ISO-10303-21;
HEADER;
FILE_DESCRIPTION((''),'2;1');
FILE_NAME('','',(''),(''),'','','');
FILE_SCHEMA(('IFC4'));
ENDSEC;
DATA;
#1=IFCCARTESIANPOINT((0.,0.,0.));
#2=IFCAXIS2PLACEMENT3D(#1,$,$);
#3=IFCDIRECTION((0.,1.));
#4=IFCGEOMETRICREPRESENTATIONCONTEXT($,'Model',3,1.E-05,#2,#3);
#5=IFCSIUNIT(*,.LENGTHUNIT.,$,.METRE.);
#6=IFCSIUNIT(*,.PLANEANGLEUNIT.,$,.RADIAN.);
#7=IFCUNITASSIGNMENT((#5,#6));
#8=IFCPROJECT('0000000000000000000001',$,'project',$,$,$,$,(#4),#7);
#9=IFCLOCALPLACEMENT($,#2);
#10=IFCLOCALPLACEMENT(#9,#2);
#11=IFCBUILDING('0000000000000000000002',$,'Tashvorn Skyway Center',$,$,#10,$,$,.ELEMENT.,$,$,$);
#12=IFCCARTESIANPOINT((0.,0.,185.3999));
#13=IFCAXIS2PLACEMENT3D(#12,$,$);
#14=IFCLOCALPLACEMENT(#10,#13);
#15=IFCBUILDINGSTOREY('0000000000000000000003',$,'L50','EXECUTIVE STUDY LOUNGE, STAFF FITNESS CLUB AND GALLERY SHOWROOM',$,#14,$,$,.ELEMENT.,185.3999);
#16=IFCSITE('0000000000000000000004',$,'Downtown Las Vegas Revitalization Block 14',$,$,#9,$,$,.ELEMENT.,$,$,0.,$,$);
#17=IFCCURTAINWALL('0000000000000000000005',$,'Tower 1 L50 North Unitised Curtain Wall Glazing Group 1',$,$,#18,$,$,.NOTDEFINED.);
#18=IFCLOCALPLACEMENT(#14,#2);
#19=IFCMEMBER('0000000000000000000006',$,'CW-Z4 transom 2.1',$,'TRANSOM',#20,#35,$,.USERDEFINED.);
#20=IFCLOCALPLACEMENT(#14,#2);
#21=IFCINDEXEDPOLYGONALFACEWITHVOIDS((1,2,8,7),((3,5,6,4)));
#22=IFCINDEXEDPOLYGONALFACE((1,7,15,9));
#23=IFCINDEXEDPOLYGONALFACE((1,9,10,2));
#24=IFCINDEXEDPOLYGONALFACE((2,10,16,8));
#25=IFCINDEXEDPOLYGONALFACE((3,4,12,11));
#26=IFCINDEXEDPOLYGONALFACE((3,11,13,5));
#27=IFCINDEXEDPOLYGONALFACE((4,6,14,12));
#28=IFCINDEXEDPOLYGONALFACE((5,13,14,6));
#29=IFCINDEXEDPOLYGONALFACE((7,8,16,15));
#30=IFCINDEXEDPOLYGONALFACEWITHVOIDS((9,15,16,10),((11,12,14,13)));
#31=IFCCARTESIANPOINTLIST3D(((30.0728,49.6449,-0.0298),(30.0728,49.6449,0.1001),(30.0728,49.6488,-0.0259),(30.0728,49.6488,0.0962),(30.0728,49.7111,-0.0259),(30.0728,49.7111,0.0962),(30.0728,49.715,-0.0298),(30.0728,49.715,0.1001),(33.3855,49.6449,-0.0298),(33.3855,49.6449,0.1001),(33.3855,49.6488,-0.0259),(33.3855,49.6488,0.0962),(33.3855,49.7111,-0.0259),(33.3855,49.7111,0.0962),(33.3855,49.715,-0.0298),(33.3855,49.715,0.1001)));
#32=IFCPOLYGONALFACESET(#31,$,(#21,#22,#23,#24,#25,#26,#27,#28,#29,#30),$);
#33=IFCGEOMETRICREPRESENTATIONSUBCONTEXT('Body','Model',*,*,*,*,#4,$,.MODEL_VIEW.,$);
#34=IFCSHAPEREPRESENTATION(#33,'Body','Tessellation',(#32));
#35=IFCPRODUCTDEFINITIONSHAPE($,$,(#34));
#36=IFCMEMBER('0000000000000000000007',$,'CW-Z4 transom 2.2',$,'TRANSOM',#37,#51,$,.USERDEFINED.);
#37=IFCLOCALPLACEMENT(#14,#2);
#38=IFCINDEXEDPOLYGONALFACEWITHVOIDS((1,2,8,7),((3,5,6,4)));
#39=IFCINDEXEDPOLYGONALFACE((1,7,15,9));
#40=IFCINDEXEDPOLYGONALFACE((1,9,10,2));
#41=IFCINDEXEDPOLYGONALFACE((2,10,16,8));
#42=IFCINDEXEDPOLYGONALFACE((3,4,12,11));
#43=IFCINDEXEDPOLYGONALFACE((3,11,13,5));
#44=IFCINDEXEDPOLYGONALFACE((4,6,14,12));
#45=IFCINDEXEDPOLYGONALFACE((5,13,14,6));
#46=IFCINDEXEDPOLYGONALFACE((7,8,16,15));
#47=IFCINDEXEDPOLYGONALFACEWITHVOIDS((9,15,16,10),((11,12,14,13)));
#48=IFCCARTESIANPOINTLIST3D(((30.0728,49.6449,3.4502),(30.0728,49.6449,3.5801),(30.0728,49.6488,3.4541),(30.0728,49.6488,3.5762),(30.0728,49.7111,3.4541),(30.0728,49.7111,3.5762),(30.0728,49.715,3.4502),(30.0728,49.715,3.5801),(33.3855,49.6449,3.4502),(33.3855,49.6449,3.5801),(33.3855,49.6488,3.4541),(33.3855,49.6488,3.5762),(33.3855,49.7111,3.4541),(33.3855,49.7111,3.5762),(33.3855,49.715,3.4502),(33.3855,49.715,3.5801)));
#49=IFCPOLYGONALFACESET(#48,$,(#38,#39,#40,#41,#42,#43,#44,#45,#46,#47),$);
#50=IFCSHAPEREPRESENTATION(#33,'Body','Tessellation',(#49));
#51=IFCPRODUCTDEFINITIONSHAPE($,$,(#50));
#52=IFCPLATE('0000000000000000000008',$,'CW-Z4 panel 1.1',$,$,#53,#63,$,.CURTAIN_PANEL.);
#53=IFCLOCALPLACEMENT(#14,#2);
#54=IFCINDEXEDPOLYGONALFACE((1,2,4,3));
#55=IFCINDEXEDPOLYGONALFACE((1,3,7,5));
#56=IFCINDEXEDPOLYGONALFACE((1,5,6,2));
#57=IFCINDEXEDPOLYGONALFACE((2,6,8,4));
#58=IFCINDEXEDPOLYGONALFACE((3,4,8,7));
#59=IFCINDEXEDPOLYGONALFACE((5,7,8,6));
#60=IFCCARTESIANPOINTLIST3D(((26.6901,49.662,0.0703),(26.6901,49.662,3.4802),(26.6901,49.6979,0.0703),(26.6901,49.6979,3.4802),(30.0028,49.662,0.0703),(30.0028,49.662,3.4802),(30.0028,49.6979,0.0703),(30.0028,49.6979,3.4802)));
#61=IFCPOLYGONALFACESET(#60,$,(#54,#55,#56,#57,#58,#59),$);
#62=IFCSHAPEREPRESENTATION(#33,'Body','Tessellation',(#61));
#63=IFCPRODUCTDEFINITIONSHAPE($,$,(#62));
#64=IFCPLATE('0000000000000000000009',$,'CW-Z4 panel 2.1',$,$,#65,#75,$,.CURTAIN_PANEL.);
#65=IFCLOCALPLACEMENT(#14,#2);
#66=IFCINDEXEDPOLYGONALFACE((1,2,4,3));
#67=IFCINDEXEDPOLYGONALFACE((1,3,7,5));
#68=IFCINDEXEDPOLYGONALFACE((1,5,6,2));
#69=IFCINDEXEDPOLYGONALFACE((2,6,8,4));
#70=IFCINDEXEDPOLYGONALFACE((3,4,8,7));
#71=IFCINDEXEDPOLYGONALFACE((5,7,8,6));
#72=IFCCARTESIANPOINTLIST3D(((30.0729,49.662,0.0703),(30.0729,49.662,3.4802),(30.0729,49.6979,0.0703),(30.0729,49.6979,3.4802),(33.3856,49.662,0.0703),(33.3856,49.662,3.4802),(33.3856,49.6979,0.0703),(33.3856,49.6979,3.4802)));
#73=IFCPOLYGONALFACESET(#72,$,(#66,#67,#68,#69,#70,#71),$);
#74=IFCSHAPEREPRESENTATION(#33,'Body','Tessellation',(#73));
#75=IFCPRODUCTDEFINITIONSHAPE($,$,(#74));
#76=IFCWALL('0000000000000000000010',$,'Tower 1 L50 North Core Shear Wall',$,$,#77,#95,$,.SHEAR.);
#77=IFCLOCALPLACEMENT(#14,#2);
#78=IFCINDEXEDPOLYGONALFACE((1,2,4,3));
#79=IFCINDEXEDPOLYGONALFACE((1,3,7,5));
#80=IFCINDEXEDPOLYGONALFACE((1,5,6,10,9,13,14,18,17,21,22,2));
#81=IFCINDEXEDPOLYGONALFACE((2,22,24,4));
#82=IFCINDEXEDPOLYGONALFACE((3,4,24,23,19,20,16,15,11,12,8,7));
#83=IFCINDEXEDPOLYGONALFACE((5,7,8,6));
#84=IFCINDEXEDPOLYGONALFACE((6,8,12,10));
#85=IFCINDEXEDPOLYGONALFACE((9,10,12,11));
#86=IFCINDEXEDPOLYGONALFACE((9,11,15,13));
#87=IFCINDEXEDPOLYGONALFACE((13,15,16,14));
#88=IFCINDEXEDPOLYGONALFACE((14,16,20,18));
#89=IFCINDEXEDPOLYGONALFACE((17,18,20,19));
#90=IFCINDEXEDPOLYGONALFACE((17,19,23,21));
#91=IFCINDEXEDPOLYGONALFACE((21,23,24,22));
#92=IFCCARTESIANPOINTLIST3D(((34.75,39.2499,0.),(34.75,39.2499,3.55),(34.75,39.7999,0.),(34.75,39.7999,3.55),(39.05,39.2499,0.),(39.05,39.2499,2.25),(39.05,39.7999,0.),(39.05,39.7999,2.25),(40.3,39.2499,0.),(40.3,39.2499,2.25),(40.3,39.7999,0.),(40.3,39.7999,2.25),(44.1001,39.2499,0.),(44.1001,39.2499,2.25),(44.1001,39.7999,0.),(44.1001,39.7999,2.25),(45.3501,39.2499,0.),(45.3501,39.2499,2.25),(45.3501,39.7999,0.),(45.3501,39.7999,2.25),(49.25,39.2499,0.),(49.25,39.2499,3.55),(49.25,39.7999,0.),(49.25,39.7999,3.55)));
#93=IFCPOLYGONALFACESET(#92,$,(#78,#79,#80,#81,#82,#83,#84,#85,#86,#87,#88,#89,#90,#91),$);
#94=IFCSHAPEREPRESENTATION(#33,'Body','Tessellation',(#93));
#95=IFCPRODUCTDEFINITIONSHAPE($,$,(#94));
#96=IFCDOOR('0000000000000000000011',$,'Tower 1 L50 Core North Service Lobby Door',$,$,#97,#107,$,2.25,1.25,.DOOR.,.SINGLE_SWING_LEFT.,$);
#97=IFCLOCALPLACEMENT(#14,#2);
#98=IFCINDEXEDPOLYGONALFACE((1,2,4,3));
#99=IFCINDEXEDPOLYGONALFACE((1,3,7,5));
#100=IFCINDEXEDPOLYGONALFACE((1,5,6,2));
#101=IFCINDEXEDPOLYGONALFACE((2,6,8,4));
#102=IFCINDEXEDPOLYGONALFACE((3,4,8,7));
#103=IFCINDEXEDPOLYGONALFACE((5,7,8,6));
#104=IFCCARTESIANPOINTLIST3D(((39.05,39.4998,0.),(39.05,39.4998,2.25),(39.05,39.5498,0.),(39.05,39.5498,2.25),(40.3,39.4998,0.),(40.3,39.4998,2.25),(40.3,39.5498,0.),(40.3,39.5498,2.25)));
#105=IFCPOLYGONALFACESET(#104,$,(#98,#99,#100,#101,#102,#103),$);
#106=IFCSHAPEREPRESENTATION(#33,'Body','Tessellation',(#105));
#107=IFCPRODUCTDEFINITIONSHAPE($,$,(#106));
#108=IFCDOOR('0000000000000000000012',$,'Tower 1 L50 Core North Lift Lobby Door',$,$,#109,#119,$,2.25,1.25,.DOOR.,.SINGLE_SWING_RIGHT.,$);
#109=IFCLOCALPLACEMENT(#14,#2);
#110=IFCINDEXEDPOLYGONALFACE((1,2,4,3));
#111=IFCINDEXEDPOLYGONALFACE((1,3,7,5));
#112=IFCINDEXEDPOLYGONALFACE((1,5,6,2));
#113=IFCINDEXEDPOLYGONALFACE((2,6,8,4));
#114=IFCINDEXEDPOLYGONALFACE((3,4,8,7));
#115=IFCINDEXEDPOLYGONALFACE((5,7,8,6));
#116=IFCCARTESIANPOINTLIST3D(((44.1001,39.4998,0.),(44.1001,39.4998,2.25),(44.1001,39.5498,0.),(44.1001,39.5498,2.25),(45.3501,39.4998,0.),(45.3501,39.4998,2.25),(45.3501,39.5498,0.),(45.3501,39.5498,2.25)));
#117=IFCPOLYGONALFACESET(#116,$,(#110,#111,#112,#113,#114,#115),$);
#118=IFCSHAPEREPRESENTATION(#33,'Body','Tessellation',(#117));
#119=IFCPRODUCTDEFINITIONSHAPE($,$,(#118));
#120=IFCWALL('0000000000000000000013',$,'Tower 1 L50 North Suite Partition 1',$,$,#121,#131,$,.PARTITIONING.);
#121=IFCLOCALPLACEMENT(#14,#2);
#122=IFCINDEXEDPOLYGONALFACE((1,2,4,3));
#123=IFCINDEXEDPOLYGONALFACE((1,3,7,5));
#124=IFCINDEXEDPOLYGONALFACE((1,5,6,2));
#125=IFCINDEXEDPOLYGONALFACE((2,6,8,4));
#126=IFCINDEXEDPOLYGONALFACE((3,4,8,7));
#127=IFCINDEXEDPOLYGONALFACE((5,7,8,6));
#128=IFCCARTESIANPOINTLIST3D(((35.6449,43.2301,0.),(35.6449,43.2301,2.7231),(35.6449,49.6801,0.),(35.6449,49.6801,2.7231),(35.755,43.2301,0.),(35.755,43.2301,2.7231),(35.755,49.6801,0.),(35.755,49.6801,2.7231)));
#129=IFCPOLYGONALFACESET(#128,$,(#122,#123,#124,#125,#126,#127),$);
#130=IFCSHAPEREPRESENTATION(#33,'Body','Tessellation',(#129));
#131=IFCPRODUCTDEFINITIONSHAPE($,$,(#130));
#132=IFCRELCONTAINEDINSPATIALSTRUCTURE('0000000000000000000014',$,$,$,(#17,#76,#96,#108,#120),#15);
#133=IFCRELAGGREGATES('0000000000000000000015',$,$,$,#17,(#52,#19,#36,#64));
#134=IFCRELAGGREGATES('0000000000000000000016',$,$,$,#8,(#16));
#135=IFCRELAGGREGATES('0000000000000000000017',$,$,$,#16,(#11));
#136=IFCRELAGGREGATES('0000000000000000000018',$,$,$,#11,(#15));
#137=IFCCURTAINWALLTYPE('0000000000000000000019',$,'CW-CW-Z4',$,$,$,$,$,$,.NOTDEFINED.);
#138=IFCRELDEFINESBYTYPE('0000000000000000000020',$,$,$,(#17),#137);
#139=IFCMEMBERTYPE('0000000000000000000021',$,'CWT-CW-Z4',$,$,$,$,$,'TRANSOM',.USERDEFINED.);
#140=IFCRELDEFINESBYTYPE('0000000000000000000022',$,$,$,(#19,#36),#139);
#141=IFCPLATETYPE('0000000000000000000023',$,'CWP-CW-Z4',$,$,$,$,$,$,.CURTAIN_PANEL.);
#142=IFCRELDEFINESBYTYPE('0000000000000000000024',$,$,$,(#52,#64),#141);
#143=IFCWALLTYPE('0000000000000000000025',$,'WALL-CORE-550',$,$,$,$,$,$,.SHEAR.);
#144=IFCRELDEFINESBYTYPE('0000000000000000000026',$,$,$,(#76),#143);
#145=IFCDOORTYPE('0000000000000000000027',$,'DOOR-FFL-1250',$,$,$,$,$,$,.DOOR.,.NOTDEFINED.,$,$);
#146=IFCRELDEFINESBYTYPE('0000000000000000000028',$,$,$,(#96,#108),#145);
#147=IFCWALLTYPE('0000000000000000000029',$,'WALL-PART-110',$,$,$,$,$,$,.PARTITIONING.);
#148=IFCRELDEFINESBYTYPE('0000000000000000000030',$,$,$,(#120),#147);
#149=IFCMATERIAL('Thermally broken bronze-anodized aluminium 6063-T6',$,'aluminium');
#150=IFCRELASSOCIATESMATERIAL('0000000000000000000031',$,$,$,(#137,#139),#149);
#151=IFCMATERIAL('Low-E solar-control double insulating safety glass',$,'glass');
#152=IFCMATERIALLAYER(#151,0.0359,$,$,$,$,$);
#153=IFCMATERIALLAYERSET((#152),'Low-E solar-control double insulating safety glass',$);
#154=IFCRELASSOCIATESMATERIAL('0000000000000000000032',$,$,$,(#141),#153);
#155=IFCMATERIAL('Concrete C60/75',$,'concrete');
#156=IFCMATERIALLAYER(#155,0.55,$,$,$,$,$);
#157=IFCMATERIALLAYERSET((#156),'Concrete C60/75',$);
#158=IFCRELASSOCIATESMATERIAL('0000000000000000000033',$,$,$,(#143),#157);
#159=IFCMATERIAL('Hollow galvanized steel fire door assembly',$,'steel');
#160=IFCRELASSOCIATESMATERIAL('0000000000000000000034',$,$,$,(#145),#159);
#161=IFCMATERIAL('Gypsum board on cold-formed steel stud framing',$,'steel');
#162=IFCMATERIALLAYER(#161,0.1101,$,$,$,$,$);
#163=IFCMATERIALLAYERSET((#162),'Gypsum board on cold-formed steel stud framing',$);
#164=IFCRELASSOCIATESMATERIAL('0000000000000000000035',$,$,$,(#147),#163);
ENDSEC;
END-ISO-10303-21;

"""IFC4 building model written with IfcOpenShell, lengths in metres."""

from ifc_helpers import new_model, si_unit, direction, frame, frame_2d, origin, origin_2d, place, context, subcontext, project, spatial, rectangle, hollow_rectangle, extrude, material, layer, layer_set, material_profile, profile_set, type_object, element, fill, aggregate, save


model = new_model("IFC4")

# Units and contexts
model_context = context("Model", 3, precision=1e-05, world=origin(), true_north=direction((0.0, 1.0)))
body_context = subcontext(model_context, "Body", "Model", "MODEL_VIEW")
ifc_project = project(units=[si_unit("LENGTHUNIT", "METRE"), si_unit("PLANEANGLEUNIT", "RADIAN")], contexts=[model_context])

# Site, building, storey
site_placement = place(None, origin())
site = spatial("IfcSite", under=ifc_project, at=site_placement, Name="Downtown Las Vegas Revitalization Block 14", CompositionType="ELEMENT", RefElevation=0.0)
building_placement = place(site_placement, origin())
building = spatial("IfcBuilding", under=site, at=building_placement, Name="Tashvorn Skyway Center", CompositionType="ELEMENT")
storey_placement = place(building_placement, frame((0.0, 0.0, 185.3999)))
storey = spatial("IfcBuildingStorey", under=building, at=storey_placement, Name="L50", Description="EXECUTIVE STUDY LOUNGE, STAFF FITNESS CLUB AND GALLERY SHOWROOM", CompositionType="ELEMENT", Elevation=185.3999)

# Curtain wall, members, plates
ifc_material_1 = material(Name="Thermally broken bronze-anodized aluminium 6063-T6", Category="aluminium")
curtain_wall_type = type_object("IfcCurtainWallType", Name="CW-CW-Z4", PredefinedType="NOTDEFINED", material=ifc_material_1)
curtain_wall_placement = place(storey_placement, origin())
curtain_wall = element("IfcCurtainWall", 1, at=curtain_wall_placement, inside=storey, type_object=curtain_wall_type, Name="Tower 1 L50 North Unitised Curtain Wall Glazing Group 1", PredefinedType="NOTDEFINED")
ifc_material_profile_1 = material_profile(ifc_material_1, hollow_rectangle(XDim=0.0701, YDim=0.1299, WallThickness=0.0039, at=origin_2d()), Name="ALU-TRAN-70x130")
ifc_profile_set_1 = profile_set([ifc_material_profile_1], Name="Thermally broken bronze-anodized aluminium 6063-T6")
member_type_1 = type_object("IfcMemberType", Name="CWT-CW-Z4", ElementType="TRANSOM", PredefinedType="USERDEFINED", material=ifc_profile_set_1)
member_1_placement = place(storey_placement, frame((30.0728, 49.6799, 0.0352), z_axis=(1.0, 0.0, 0.0), x_axis=(0.0, 1.0, 0.0)))
member_1 = element("IfcMember", 2, at=member_1_placement, type_object=member_type_1, Name="CW-Z4 transom 2.1", ObjectType="TRANSOM", PredefinedType="USERDEFINED", context=body_context, shape_type="SweptSolid", body=[
    extrude(hollow_rectangle(XDim=0.0701, YDim=0.1299, WallThickness=0.0039, at=origin_2d()), origin(), (0.0, 0.0, 1.0), 3.3127),
])
member_2_placement = place(storey_placement, frame((30.0728, 49.6799, 3.5151), z_axis=(1.0, 0.0, 0.0), x_axis=(0.0, 1.0, 0.0)))
member_2 = element("IfcMember", 3, at=member_2_placement, type_object=member_type_1, Name="CW-Z4 transom 2.2", ObjectType="TRANSOM", PredefinedType="USERDEFINED", context=body_context, shape_type="SweptSolid", body=[
    extrude(hollow_rectangle(XDim=0.0701, YDim=0.1299, WallThickness=0.0039, at=origin_2d()), origin(), (0.0, 0.0, 1.0), 3.3127),
])
ifc_material_2 = material(Name="Low-E solar-control double insulating safety glass", Category="glass")
ifc_layer_1 = layer(ifc_material_2, 0.0359)
ifc_layer_set_1 = layer_set([ifc_layer_1], Name="Low-E solar-control double insulating safety glass")
plate_type = type_object("IfcPlateType", Name="CWP-CW-Z4", PredefinedType="CURTAIN_PANEL", material=ifc_layer_set_1)
plate_1_placement = place(storey_placement, frame((28.3464, 49.6799, 0.0703), z_axis=(0.0, 0.0, 1.0), x_axis=(1.0, 0.0, 0.0)))
plate_1 = element("IfcPlate", 4, at=plate_1_placement, type_object=plate_type, Name="CW-Z4 panel 1.1", PredefinedType="CURTAIN_PANEL", context=body_context, shape_type="SweptSolid", body=[
    extrude(rectangle(XDim=3.3127, YDim=0.0359, at=origin_2d()), origin(), (0.0, 0.0, 1.0), 3.4099),
])
plate_2_placement = place(storey_placement, frame((31.7292, 49.6799, 0.0703), z_axis=(0.0, 0.0, 1.0), x_axis=(1.0, 0.0, 0.0)))
plate_2 = element("IfcPlate", 5, at=plate_2_placement, type_object=plate_type, Name="CW-Z4 panel 2.1", PredefinedType="CURTAIN_PANEL", context=body_context, shape_type="SweptSolid", body=[
    extrude(rectangle(XDim=3.3127, YDim=0.0359, at=origin_2d()), origin(), (0.0, 0.0, 1.0), 3.4099),
])
aggregate(curtain_wall, [plate_1, member_1, member_2, plate_2])

# Wall, openings, doors
ifc_material_3 = material(Name="Concrete C60/75", Category="concrete")
ifc_layer_2 = layer(ifc_material_3, 0.55)
ifc_layer_set_2 = layer_set([ifc_layer_2], Name="Concrete C60/75")
wall_type_1 = type_object("IfcWallType", Name="WALL-CORE-550", PredefinedType="SHEAR", material=ifc_layer_set_2)
wall_1_placement = place(storey_placement, frame((34.75, 39.5249, 0.0), z_axis=(0.0, 0.0, 1.0), x_axis=(1.0, 0.0, 0.0)))
wall_1 = element("IfcWall", 6, at=wall_1_placement, inside=storey, type_object=wall_type_1, Name="Tower 1 L50 North Core Shear Wall", PredefinedType="SHEAR", context=body_context, shape_type="SweptSolid", body=[
    extrude(rectangle(XDim=14.5, YDim=0.55, at=frame_2d((7.25, 0.0))), origin(), (0.0, 0.0, 1.0), 3.55),
])
opening_1_placement = place(wall_1_placement, frame((4.3, 0.0, 0.0)))
opening_1 = element("IfcOpeningElement", 7, at=opening_1_placement, cuts=wall_1, PredefinedType="OPENING", context=body_context, shape_type="SweptSolid", body=[
    extrude(rectangle(XDim=1.25, YDim=2.25, at=frame_2d((0.625, 1.125))), frame((0.0, 0.2849, 0.0), z_axis=(0.0, -1.0, 0.0), x_axis=(1.0, 0.0, 0.0)), (0.0, 0.0, 1.0), 0.5701),
])
opening_2_placement = place(wall_1_placement, frame((9.3501, 0.0, 0.0)))
opening_2 = element("IfcOpeningElement", 8, at=opening_2_placement, cuts=wall_1, PredefinedType="OPENING", context=body_context, shape_type="SweptSolid", body=[
    extrude(rectangle(XDim=1.25, YDim=2.25, at=frame_2d((0.625, 1.125))), frame((0.0, 0.2849, 0.0), z_axis=(0.0, -1.0, 0.0), x_axis=(1.0, 0.0, 0.0)), (0.0, 0.0, 1.0), 0.5701),
])
ifc_material_4 = material(Name="Hollow galvanized steel fire door assembly", Category="steel")
door_type_1 = type_object("IfcDoorType", Name="DOOR-FFL-1250", OperationType="NOTDEFINED", PredefinedType="DOOR", material=ifc_material_4)
door_1_placement = place(opening_1_placement, origin())
door_1 = element("IfcDoor", 9, at=door_1_placement, inside=storey, type_object=door_type_1, Name="Tower 1 L50 Core North Service Lobby Door", OperationType="SINGLE_SWING_LEFT", OverallHeight=2.25, OverallWidth=1.25, PredefinedType="DOOR", context=body_context, shape_type="SweptSolid", body=[
    extrude(rectangle(XDim=1.25, YDim=2.25, at=frame_2d((0.625, 1.125))), frame((0.0, 0.0249, 0.0), z_axis=(0.0, -1.0, 0.0), x_axis=(1.0, 0.0, 0.0)), (0.0, 0.0, 1.0), 0.05),
])
fill(opening_1, door_1)
door_2_placement = place(opening_2_placement, origin())
door_2 = element("IfcDoor", 10, at=door_2_placement, inside=storey, type_object=door_type_1, Name="Tower 1 L50 Core North Lift Lobby Door", OperationType="SINGLE_SWING_RIGHT", OverallHeight=2.25, OverallWidth=1.25, PredefinedType="DOOR", context=body_context, shape_type="SweptSolid", body=[
    extrude(rectangle(XDim=1.25, YDim=2.25, at=frame_2d((0.625, 1.125))), frame((0.0, 0.0249, 0.0), z_axis=(0.0, -1.0, 0.0), x_axis=(1.0, 0.0, 0.0)), (0.0, 0.0, 1.0), 0.05),
])
fill(opening_2, door_2)

# Wall
ifc_material_5 = material(Name="Gypsum board on cold-formed steel stud framing", Category="steel")
ifc_layer_3 = layer(ifc_material_5, 0.1101)
ifc_layer_set_3 = layer_set([ifc_layer_3], Name="Gypsum board on cold-formed steel stud framing")
wall_type_2 = type_object("IfcWallType", Name="WALL-PART-110", PredefinedType="PARTITIONING", material=ifc_layer_set_3)
wall_2_placement = place(storey_placement, frame((35.7, 43.23, 0.0), z_axis=(0.0, 0.0, 1.0), x_axis=(0.0, 1.0, 0.0)))
element("IfcWall", 11, at=wall_2_placement, inside=storey, type_object=wall_type_2, Name="Tower 1 L50 North Suite Partition 1", PredefinedType="PARTITIONING", context=body_context, shape_type="SweptSolid", body=[
    extrude(rectangle(XDim=6.45, YDim=0.1101, at=frame_2d((3.2251, 0.0))), origin(), (0.0, 0.0, 1.0), 2.7231),
])

save(model, "model.ifc")
